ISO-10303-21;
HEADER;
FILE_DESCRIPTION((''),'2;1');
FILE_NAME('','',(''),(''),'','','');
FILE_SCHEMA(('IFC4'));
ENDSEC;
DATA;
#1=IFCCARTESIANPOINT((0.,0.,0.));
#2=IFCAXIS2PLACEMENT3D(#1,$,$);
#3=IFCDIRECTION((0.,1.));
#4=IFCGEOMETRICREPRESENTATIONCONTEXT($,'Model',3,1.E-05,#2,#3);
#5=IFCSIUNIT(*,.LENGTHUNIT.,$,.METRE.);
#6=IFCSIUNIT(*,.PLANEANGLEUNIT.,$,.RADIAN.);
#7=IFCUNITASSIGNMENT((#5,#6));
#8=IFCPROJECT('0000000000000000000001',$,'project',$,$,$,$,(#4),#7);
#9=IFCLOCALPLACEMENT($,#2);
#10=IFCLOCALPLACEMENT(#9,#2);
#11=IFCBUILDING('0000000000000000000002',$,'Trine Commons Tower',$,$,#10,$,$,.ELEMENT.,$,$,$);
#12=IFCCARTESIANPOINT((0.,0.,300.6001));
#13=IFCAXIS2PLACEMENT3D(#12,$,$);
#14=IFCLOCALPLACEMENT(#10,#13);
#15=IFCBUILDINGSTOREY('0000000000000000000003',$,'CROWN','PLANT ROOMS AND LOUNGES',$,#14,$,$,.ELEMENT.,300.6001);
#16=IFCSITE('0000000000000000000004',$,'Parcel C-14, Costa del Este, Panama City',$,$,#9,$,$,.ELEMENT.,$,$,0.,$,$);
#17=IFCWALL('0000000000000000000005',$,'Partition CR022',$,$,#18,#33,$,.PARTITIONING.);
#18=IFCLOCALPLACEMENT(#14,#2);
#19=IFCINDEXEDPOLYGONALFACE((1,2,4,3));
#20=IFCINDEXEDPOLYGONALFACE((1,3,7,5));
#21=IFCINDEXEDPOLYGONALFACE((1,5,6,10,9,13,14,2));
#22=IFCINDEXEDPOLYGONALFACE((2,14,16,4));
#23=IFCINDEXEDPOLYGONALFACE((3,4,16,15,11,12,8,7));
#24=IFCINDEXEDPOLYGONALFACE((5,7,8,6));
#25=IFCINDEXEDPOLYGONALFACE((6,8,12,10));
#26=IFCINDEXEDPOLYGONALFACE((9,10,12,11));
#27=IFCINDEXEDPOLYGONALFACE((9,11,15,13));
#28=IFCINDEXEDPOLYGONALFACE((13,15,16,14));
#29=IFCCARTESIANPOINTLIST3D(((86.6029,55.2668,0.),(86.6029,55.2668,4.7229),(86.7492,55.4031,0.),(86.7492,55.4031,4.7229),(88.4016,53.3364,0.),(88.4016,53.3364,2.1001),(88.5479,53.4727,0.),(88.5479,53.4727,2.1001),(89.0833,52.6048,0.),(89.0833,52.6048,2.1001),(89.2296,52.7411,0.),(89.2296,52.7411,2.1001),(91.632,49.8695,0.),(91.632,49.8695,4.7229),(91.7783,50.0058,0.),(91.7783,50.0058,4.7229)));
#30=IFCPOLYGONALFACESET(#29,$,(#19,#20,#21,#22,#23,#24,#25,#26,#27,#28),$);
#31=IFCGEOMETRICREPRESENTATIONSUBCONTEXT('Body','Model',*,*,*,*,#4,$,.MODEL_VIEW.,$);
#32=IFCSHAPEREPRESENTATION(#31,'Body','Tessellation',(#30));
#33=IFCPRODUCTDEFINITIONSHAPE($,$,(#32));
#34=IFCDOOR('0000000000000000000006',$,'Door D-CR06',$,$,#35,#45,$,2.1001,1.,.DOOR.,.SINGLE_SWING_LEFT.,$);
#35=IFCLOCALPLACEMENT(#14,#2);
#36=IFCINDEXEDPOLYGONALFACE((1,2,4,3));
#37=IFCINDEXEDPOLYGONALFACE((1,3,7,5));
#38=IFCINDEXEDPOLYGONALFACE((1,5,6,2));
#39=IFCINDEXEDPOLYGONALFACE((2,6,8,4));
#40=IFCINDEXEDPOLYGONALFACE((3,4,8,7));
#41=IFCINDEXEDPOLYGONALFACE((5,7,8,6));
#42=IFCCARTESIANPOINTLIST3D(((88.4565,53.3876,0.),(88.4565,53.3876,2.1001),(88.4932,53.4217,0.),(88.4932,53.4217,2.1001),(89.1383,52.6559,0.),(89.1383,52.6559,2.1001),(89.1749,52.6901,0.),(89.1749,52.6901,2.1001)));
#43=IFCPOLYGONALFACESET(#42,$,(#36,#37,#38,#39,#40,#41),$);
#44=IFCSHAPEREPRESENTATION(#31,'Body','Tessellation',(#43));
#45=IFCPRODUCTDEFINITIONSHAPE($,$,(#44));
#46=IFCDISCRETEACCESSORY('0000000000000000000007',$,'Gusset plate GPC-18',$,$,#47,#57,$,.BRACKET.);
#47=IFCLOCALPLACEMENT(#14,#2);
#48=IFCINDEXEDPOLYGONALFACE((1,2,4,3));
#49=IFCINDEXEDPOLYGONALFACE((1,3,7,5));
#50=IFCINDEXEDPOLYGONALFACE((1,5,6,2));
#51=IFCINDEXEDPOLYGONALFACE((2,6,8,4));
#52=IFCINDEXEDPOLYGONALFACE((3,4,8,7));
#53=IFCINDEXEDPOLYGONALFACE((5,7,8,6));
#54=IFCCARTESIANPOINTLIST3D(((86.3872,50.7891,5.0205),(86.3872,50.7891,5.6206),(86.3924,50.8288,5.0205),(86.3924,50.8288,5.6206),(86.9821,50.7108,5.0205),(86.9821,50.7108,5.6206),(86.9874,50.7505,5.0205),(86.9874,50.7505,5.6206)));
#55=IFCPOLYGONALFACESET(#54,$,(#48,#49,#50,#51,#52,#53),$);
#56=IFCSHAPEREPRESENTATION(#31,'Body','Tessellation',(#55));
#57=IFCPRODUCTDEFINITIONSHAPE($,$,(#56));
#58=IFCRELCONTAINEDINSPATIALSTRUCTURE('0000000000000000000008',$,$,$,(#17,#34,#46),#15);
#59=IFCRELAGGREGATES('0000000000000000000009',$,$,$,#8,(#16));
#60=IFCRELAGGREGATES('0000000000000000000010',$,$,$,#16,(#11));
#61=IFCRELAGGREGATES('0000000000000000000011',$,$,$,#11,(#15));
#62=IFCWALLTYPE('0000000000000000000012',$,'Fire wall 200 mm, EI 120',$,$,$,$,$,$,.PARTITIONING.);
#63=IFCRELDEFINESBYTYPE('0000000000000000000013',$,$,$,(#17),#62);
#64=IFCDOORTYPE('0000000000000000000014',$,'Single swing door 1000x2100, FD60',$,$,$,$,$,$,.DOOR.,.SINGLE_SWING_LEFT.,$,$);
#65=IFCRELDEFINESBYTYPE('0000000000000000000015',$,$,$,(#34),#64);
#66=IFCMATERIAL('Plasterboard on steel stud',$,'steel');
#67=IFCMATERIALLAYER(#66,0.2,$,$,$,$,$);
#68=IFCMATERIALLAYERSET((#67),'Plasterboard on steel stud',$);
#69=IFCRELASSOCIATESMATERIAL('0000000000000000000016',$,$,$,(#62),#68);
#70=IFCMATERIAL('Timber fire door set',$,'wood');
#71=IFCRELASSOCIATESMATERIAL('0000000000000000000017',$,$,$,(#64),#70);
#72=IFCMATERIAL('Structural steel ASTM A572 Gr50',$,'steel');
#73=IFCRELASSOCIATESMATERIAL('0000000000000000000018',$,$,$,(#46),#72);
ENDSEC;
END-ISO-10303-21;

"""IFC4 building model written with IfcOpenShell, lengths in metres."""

from ifc_helpers import new_model, si_unit, direction, frame, frame_2d, origin, origin_2d, place, context, subcontext, project, spatial, rectangle, extrude, material, layer, layer_set, type_object, element, fill, save


model = new_model("IFC4")

# Units and contexts
model_context = context("Model", 3, precision=1e-05, world=origin(), true_north=direction((0.0, 1.0)))
body_context = subcontext(model_context, "Body", "Model", "MODEL_VIEW")
ifc_project = project(units=[si_unit("LENGTHUNIT", "METRE"), si_unit("PLANEANGLEUNIT", "RADIAN")], contexts=[model_context])

# Site, building, storey
site_placement = place(None, origin())
site = spatial("IfcSite", under=ifc_project, at=site_placement, Name="Parcel C-14, Costa del Este, Panama City", CompositionType="ELEMENT", RefElevation=0.0)
building_placement = place(site_placement, origin())
building = spatial("IfcBuilding", under=site, at=building_placement, Name="Trine Commons Tower", CompositionType="ELEMENT")
storey_placement = place(building_placement, frame((0.0, 0.0, 300.6001)))
storey = spatial("IfcBuildingStorey", under=building, at=storey_placement, Name="CROWN", Description="PLANT ROOMS AND LOUNGES", CompositionType="ELEMENT", Elevation=300.6001)

# Wall, opening, door
ifc_material_1 = material(Name="Plasterboard on steel stud", Category="steel")
ifc_layer_1 = layer(ifc_material_1, 0.2)
ifc_layer_set_1 = layer_set([ifc_layer_1], Name="Plasterboard on steel stud")
wall_type = type_object("IfcWallType", Name="Fire wall 200 mm, EI 120", PredefinedType="PARTITIONING", material=ifc_layer_set_1)
wall_placement = place(storey_placement, frame((91.7051, 49.9377, 0.0), z_axis=(0.0, 0.0, 1.0), x_axis=(-0.681713, 0.73162, 0.0)))
wall = element("IfcWall", 1, at=wall_placement, inside=storey, type_object=wall_type, Name="Partition CR022", PredefinedType="PARTITIONING", context=body_context, shape_type="SweptSolid", body=[
    extrude(rectangle(XDim=7.3772, YDim=0.2, at=frame_2d((3.6885, 0.0))), origin(), (0.0, 0.0, 1.0), 4.7229),
])
opening_placement = place(wall_placement, frame((3.7385, 0.0, 0.0)))
opening = element("IfcOpeningElement", 2, at=opening_placement, cuts=wall, PredefinedType="OPENING", context=body_context, shape_type="SweptSolid", body=[
    extrude(rectangle(XDim=1.0, YDim=2.1001, at=frame_2d((0.5, 1.05))), frame((0.0, 0.1099, 0.0), z_axis=(0.0, -1.0, 0.0), x_axis=(1.0, 0.0, 0.0)), (0.0, 0.0, 1.0), 0.22),
])
ifc_material_2 = material(Name="Timber fire door set", Category="wood")
door_type = type_object("IfcDoorType", Name="Single swing door 1000x2100, FD60", OperationType="SINGLE_SWING_LEFT", PredefinedType="DOOR", material=ifc_material_2)
door_placement = place(opening_placement, origin())
door = element("IfcDoor", 3, at=door_placement, inside=storey, type_object=door_type, Name="Door D-CR06", OperationType="SINGLE_SWING_LEFT", OverallHeight=2.1001, OverallWidth=1.0, PredefinedType="DOOR", context=body_context, shape_type="SweptSolid", body=[
    extrude(rectangle(XDim=1.0, YDim=2.1001, at=frame_2d((0.5, 1.05))), frame((0.0, 0.0249, 0.0), z_axis=(0.0, -1.0, 0.0), x_axis=(1.0, 0.0, 0.0)), (0.0, 0.0, 1.0), 0.05),
])
fill(opening, door)

# Discrete accessory
ifc_material_3 = material(Name="Structural steel ASTM A572 Gr50", Category="steel")
discrete_accessory_placement = place(storey_placement, frame((86.6873, 50.7698, 5.0205), z_axis=(0.0, 0.0, 1.0), x_axis=(-0.991446, 0.130519, 0.0)))
element("IfcDiscreteAccessory", 4, at=discrete_accessory_placement, inside=storey, material=ifc_material_3, Name="Gusset plate GPC-18", PredefinedType="BRACKET", context=body_context, shape_type="SweptSolid", body=[
    extrude(rectangle(XDim=0.6001, YDim=0.04, at=origin_2d()), origin(), (0.0, 0.0, 1.0), 0.6001),
])

save(model, "model.ifc")
